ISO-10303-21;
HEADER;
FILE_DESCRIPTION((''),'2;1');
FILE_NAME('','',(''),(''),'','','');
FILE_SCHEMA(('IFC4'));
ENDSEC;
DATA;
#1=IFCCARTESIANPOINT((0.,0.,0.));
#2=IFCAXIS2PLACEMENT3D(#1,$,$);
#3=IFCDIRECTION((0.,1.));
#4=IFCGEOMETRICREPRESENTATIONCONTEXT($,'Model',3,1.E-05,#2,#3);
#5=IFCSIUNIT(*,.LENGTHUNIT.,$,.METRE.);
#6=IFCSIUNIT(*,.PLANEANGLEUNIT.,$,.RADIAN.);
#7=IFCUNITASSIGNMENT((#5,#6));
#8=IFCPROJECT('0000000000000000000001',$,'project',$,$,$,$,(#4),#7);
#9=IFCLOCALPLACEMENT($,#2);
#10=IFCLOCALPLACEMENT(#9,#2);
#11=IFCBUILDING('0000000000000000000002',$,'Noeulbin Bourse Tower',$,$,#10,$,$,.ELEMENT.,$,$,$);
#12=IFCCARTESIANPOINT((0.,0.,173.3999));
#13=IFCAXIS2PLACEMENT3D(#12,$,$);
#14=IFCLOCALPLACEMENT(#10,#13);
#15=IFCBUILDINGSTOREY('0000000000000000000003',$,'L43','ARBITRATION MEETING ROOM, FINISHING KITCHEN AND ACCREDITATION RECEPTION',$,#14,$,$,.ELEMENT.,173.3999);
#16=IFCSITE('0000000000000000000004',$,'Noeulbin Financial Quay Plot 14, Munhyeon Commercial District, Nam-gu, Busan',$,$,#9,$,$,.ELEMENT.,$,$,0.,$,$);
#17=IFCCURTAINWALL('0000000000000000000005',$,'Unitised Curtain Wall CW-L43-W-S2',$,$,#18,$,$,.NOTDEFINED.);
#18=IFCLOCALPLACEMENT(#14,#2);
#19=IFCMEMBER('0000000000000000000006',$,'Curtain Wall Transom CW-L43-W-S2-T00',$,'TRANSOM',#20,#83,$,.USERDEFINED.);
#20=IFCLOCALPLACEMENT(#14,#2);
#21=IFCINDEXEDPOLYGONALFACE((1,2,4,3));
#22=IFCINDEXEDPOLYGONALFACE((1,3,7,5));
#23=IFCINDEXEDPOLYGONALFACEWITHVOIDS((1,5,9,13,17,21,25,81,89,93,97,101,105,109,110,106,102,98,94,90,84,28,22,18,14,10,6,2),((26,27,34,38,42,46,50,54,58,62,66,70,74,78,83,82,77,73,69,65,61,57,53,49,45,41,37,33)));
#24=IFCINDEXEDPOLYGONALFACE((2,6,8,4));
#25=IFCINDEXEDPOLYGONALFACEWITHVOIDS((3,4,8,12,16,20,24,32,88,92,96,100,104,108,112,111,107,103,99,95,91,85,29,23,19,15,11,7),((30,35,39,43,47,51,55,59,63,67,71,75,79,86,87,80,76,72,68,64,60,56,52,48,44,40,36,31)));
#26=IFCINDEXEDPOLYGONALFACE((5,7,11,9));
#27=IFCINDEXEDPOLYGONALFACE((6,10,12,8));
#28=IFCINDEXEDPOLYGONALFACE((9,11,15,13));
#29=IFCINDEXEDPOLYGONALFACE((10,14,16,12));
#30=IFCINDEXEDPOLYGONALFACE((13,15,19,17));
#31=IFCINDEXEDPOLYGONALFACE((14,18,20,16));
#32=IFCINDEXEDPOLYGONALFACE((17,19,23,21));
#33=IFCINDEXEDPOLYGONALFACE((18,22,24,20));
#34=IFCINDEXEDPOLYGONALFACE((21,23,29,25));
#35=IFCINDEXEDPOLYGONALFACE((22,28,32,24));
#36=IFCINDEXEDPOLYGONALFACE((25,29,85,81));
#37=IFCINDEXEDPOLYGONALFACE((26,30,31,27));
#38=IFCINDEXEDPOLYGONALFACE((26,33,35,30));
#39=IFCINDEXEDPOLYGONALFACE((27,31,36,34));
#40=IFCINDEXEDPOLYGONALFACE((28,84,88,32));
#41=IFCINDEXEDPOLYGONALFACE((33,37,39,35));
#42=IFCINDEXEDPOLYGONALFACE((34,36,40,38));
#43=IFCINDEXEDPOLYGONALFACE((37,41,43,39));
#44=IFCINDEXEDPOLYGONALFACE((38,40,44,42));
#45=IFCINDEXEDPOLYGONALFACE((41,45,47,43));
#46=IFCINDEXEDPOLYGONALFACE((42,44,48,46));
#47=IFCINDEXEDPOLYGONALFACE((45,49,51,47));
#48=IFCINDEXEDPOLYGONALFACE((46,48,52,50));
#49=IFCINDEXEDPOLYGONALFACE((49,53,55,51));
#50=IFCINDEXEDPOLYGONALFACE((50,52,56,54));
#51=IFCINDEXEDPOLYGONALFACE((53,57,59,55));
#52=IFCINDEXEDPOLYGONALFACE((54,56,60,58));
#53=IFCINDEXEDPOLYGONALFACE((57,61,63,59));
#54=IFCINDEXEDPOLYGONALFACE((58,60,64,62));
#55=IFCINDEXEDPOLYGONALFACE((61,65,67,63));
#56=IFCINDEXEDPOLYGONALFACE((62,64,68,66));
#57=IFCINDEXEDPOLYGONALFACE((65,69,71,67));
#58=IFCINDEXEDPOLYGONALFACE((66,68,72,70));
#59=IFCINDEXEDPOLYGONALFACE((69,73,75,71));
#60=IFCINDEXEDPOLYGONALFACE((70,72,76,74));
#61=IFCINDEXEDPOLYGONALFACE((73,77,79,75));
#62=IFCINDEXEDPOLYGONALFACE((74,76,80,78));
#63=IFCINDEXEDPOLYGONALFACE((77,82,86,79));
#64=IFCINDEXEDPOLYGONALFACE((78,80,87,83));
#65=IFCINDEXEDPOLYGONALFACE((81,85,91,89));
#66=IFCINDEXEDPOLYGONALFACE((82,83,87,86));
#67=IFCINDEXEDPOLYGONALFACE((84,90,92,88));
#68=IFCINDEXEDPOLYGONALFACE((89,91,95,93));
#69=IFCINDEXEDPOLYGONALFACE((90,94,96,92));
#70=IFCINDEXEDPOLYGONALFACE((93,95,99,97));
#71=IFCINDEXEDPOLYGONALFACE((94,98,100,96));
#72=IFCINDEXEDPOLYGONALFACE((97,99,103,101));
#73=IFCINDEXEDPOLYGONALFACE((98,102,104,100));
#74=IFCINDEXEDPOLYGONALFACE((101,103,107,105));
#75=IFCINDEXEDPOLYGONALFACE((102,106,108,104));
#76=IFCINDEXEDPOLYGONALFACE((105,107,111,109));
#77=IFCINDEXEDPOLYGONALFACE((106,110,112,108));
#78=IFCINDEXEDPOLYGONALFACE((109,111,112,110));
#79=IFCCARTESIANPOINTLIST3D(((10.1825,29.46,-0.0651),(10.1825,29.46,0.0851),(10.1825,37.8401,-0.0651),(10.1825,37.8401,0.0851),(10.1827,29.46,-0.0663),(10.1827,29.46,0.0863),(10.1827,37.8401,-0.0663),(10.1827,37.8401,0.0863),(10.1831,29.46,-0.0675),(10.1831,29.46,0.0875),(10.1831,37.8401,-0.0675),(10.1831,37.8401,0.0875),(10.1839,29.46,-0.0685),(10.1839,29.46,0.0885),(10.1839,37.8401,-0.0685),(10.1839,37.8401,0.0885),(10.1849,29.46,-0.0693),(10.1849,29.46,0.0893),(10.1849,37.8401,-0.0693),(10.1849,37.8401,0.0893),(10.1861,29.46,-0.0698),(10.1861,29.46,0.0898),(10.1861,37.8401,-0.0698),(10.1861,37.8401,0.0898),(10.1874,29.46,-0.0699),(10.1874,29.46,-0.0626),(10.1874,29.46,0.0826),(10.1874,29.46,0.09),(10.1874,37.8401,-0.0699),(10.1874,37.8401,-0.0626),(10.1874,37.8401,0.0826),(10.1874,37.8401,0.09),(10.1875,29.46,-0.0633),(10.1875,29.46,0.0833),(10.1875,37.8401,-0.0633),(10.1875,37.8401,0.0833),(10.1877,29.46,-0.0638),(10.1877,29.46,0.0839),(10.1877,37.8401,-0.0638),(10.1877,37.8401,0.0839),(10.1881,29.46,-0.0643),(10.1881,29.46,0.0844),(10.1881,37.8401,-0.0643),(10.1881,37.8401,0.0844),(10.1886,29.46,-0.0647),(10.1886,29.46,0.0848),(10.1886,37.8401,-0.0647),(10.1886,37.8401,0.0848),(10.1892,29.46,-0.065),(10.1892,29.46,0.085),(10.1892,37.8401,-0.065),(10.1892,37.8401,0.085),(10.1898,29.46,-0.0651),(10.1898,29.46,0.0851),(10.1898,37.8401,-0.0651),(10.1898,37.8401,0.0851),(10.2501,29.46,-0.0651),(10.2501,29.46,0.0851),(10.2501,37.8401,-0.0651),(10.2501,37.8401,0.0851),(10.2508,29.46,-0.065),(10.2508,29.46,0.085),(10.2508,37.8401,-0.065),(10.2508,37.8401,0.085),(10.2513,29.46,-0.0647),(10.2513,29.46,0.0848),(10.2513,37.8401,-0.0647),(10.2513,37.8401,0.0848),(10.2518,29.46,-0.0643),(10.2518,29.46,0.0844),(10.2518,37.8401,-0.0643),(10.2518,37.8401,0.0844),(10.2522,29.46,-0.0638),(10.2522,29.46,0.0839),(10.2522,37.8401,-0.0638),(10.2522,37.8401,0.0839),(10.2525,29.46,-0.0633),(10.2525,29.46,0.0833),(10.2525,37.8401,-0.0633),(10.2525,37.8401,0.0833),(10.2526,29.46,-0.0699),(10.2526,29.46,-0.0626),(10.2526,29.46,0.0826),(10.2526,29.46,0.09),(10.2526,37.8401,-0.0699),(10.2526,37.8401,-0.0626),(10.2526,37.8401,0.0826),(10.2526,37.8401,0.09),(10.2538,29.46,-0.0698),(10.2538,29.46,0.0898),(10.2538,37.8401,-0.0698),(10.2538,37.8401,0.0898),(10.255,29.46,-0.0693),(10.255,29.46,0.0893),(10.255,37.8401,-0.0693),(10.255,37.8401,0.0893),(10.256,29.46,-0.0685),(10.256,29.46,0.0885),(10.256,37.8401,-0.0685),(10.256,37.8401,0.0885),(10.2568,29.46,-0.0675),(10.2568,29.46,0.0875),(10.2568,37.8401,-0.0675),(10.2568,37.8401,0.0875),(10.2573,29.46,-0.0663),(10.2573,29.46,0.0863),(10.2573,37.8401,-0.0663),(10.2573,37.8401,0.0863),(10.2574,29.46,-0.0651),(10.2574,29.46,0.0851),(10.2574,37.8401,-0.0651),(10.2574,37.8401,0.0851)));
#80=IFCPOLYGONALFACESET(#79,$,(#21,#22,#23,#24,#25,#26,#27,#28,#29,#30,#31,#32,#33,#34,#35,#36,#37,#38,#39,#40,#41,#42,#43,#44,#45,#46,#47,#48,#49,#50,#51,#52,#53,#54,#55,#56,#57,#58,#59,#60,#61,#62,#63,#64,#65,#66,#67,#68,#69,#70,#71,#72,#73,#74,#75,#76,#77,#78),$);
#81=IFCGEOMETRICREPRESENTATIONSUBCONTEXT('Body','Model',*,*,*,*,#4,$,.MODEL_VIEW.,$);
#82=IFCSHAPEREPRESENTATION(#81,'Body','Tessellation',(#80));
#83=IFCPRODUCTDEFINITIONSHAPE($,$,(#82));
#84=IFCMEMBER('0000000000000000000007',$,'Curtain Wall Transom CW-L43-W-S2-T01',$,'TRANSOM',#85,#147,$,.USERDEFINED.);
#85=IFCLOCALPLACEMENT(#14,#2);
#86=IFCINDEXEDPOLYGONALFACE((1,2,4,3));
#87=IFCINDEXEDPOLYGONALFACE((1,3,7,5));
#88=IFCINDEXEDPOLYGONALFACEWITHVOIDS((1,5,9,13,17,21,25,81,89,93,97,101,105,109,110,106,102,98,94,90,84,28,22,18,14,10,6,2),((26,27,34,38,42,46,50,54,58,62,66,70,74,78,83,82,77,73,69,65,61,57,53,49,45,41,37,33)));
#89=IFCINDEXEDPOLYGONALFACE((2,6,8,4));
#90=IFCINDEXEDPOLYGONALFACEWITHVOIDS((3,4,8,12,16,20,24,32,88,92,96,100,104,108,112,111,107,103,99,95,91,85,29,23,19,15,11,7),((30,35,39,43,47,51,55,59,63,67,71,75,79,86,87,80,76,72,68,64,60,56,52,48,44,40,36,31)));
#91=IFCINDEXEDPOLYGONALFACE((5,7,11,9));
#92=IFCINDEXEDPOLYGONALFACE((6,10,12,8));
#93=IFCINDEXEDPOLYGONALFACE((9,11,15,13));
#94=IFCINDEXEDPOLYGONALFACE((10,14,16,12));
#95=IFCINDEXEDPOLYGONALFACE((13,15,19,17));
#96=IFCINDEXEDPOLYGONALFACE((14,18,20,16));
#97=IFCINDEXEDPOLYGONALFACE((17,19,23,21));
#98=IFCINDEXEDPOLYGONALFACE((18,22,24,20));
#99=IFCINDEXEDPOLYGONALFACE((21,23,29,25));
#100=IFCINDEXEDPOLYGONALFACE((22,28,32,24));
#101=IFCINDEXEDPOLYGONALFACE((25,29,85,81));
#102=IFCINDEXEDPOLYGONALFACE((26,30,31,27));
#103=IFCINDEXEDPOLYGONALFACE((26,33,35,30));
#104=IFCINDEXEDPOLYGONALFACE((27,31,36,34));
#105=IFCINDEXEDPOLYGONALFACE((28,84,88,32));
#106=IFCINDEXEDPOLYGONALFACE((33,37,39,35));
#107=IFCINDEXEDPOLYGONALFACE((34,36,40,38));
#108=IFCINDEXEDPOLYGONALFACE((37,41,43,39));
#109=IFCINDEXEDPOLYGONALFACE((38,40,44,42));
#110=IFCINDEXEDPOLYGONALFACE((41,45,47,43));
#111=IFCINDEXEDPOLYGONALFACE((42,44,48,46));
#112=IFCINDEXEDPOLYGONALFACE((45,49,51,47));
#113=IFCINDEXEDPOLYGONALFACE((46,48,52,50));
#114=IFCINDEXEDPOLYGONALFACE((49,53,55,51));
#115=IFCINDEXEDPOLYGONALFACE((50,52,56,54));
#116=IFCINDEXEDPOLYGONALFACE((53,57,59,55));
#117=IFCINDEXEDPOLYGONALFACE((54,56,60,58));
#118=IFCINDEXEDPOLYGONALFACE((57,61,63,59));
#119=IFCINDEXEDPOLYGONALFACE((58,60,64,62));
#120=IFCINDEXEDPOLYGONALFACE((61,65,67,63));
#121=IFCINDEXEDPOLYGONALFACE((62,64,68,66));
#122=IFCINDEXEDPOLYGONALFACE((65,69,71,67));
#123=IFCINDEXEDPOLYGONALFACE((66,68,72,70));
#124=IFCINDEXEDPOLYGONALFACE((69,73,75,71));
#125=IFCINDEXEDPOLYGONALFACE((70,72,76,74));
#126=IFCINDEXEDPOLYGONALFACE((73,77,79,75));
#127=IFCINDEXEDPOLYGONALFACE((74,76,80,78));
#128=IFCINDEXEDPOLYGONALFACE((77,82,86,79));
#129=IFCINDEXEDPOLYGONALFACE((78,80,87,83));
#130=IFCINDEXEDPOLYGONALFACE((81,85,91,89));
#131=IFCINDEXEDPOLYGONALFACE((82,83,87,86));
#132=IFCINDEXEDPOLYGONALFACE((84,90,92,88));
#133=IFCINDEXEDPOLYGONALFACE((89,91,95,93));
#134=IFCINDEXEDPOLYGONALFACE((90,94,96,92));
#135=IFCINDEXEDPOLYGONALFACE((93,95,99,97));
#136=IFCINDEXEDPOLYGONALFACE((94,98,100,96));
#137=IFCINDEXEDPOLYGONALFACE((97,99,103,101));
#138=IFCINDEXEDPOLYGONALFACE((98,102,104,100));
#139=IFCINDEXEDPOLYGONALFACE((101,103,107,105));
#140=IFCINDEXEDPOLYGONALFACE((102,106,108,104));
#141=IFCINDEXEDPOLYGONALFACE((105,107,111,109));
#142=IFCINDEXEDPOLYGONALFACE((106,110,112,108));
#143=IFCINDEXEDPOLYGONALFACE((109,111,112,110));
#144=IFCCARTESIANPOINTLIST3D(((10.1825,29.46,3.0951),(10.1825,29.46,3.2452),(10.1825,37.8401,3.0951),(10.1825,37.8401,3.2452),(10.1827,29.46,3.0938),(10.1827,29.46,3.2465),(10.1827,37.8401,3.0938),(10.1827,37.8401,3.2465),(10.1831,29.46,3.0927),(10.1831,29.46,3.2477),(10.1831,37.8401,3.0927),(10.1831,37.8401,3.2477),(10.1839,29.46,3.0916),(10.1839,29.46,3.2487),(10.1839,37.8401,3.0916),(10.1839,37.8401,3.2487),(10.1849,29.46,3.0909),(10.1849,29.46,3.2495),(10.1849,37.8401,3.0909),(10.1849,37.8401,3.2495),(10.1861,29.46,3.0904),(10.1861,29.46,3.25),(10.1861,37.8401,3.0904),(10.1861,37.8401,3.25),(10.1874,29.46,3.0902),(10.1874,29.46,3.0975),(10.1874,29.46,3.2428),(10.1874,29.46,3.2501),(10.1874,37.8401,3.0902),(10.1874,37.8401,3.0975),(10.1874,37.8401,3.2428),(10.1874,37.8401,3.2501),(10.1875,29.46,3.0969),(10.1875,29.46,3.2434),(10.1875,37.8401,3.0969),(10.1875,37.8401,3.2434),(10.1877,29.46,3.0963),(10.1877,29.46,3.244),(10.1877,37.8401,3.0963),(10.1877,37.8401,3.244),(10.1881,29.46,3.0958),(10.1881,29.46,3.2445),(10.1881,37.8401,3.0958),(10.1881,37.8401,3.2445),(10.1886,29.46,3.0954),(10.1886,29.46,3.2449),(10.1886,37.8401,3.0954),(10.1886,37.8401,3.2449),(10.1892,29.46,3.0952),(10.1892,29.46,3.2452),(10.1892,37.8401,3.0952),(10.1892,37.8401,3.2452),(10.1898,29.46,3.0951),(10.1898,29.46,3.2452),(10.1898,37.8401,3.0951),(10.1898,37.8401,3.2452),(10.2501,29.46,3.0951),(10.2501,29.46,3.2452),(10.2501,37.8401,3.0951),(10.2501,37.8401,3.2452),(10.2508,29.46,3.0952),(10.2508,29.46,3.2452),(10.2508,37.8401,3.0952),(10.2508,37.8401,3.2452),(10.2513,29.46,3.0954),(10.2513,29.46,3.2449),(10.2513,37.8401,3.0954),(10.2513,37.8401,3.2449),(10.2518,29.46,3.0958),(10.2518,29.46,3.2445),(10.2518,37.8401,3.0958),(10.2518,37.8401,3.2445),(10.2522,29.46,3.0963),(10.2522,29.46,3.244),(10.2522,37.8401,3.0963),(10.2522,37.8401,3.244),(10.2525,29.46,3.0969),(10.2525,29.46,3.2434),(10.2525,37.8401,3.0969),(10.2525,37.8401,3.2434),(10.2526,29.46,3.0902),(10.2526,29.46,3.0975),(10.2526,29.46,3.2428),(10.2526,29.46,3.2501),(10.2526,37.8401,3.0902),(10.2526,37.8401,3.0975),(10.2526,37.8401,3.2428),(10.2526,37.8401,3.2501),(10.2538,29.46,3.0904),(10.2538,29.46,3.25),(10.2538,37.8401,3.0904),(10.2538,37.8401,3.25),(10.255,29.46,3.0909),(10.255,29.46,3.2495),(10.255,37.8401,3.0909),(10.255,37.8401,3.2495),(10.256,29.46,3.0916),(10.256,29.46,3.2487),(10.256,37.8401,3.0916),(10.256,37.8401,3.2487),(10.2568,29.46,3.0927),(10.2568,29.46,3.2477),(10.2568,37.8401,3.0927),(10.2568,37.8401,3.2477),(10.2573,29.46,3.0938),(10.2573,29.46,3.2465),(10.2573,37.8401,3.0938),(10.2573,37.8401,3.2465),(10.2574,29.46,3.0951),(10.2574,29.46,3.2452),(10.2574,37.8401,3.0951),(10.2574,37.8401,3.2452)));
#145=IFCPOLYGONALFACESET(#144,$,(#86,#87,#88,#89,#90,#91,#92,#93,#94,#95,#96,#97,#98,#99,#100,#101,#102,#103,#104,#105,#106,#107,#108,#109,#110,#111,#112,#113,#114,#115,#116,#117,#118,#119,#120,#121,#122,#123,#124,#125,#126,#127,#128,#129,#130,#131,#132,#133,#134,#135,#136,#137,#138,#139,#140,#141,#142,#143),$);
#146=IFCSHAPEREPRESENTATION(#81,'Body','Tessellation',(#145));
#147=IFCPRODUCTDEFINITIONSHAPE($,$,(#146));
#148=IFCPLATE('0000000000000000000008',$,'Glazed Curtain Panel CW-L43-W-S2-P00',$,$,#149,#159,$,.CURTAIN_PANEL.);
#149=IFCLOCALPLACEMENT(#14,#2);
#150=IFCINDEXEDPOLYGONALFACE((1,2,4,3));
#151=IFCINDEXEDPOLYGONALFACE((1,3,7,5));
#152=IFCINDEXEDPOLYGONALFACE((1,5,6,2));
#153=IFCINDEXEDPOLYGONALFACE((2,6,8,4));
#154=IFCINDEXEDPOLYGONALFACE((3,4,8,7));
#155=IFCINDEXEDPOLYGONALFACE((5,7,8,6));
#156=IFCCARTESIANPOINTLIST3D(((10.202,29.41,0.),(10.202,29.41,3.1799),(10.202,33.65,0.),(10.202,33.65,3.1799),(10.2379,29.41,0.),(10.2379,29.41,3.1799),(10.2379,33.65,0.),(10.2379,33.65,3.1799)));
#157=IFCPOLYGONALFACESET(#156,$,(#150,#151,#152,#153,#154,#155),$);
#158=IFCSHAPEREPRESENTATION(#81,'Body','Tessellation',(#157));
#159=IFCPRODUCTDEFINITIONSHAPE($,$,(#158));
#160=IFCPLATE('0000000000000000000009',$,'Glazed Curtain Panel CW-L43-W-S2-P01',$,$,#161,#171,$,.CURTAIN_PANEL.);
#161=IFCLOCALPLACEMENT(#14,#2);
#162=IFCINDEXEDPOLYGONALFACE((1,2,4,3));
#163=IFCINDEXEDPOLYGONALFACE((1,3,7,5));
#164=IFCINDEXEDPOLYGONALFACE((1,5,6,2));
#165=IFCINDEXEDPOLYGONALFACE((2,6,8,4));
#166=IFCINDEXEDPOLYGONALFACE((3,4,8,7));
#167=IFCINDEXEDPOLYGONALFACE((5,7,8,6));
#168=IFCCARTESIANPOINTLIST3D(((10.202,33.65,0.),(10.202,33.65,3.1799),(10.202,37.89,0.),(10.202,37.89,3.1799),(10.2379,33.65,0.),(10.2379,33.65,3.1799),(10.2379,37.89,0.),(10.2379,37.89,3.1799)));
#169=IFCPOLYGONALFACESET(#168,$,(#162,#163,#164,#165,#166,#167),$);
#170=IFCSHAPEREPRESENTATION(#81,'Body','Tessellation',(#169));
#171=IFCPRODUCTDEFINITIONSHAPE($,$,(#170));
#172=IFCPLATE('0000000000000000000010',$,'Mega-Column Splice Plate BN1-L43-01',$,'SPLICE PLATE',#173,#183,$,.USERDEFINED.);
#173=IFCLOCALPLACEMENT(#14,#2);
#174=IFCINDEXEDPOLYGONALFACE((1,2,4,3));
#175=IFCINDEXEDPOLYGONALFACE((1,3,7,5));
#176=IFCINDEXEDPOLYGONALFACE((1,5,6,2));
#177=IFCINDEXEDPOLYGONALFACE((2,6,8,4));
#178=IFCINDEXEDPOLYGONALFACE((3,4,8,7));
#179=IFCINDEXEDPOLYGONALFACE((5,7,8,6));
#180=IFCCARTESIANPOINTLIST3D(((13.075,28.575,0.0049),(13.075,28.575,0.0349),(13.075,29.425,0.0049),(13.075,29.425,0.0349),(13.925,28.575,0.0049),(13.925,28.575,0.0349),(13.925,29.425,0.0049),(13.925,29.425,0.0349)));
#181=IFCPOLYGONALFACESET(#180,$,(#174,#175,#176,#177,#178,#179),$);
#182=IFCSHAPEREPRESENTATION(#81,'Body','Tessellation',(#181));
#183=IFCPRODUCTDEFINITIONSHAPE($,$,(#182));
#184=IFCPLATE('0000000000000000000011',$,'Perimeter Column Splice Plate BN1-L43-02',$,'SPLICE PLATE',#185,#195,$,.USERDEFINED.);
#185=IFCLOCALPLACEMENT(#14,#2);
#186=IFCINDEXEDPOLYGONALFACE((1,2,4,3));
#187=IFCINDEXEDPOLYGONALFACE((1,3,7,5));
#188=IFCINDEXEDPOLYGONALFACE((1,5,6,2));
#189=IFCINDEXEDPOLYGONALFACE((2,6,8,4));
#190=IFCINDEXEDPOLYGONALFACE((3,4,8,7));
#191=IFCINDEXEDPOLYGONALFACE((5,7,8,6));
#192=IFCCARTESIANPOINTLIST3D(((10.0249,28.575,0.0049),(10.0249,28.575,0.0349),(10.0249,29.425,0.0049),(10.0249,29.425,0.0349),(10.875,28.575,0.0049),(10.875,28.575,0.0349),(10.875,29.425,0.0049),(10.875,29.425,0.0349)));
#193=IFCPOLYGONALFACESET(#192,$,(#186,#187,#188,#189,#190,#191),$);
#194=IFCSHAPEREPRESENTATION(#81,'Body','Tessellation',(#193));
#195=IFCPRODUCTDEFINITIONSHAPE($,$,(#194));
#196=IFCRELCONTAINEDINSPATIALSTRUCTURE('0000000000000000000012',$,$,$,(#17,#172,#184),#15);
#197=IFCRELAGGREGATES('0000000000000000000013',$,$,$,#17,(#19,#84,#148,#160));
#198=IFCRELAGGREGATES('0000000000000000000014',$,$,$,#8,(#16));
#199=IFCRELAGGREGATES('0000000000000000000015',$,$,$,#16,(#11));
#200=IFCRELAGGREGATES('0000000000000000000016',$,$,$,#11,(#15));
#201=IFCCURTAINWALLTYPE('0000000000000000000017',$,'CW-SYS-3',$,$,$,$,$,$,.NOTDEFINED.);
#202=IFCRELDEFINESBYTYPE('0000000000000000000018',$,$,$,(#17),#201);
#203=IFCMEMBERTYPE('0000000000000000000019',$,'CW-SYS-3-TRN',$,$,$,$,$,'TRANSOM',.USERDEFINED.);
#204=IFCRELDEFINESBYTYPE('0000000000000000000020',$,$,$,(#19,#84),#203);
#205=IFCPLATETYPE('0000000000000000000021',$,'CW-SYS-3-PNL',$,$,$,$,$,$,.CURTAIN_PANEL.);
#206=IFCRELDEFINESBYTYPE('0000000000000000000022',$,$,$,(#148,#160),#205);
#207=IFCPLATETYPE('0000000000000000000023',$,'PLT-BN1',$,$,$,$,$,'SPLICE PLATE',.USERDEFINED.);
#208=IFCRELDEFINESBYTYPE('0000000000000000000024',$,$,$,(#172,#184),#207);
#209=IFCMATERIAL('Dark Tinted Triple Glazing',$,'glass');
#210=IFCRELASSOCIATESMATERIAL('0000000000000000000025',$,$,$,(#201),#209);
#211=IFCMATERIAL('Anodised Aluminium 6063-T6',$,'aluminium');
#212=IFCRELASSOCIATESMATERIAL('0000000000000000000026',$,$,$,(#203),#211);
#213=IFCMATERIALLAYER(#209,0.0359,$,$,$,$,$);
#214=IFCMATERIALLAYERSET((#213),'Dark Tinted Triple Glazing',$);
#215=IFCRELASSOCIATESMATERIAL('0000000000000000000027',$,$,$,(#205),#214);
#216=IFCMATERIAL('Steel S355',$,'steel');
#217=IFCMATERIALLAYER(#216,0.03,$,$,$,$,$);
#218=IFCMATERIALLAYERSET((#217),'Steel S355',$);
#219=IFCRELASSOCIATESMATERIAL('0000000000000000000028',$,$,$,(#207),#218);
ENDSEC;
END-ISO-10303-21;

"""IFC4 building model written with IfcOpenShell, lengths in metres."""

from ifc_helpers import new_model, si_unit, direction, frame, origin, origin_2d, place, context, subcontext, project, spatial, rectangle, hollow_rectangle, extrude, material, layer, layer_set, material_profile, profile_set, type_object, element, aggregate, save


model = new_model("IFC4")

# Units and contexts
model_context = context("Model", 3, precision=1e-05, world=origin(), true_north=direction((0.0, 1.0)))
body_context = subcontext(model_context, "Body", "Model", "MODEL_VIEW")
ifc_project = project(units=[si_unit("LENGTHUNIT", "METRE"), si_unit("PLANEANGLEUNIT", "RADIAN")], contexts=[model_context])

# Site, building, storey
site_placement = place(None, origin())
site = spatial("IfcSite", under=ifc_project, at=site_placement, Name="Noeulbin Financial Quay Plot 14, Munhyeon Commercial District, Nam-gu, Busan", CompositionType="ELEMENT", RefElevation=0.0)
building_placement = place(site_placement, origin())
building = spatial("IfcBuilding", under=site, at=building_placement, Name="Noeulbin Bourse Tower", CompositionType="ELEMENT")
storey_placement = place(building_placement, frame((0.0, 0.0, 173.3999)))
storey = spatial("IfcBuildingStorey", under=building, at=storey_placement, Name="L43", Description="ARBITRATION MEETING ROOM, FINISHING KITCHEN AND ACCREDITATION RECEPTION", CompositionType="ELEMENT", Elevation=173.3999)

# Shared definitions
ifc_material_1 = material(Name="Steel S355", Category="steel")

# Curtain wall, members, plates
ifc_material_2 = material(Name="Dark Tinted Triple Glazing", Category="glass")
curtain_wall_type = type_object("IfcCurtainWallType", Name="CW-SYS-3", PredefinedType="NOTDEFINED", material=ifc_material_2)
curtain_wall_placement = place(storey_placement, origin())
curtain_wall = element("IfcCurtainWall", 1, at=curtain_wall_placement, inside=storey, type_object=curtain_wall_type, Name="Unitised Curtain Wall CW-L43-W-S2", PredefinedType="NOTDEFINED")
ifc_material_3 = material(Name="Anodised Aluminium 6063-T6", Category="aluminium")
ifc_material_profile_1 = material_profile(ifc_material_3, hollow_rectangle(XDim=0.075, YDim=0.1599, WallThickness=0.0049, InnerFilletRadius=0.0024, OuterFilletRadius=0.0049, at=origin_2d()), Name="ALU-TRAN-75x160x5", Category="LoadBearing")
ifc_profile_set_1 = profile_set([ifc_material_profile_1], Name="Anodised Aluminium 6063-T6")
member_type_1 = type_object("IfcMemberType", Name="CW-SYS-3-TRN", ElementType="TRANSOM", PredefinedType="USERDEFINED", material=ifc_profile_set_1)
member_1_placement = place(storey_placement, frame((10.22, 29.46, 0.01), z_axis=(0.0, 1.0, 0.0), x_axis=(-1.0, 0.0, 0.0)))
member_1 = element("IfcMember", 2, at=member_1_placement, type_object=member_type_1, Name="Curtain Wall Transom CW-L43-W-S2-T00", ObjectType="TRANSOM", PredefinedType="USERDEFINED", context=body_context, shape_type="SweptSolid", body=[
    extrude(hollow_rectangle(XDim=0.075, YDim=0.1599, WallThickness=0.0049, InnerFilletRadius=0.0024, OuterFilletRadius=0.0049, at=origin_2d()), origin(), (0.0, 0.0, 1.0), 8.3801),
])
member_2_placement = place(storey_placement, frame((10.22, 29.46, 3.1702), z_axis=(0.0, 1.0, 0.0), x_axis=(-1.0, 0.0, 0.0)))
member_2 = element("IfcMember", 3, at=member_2_placement, type_object=member_type_1, Name="Curtain Wall Transom CW-L43-W-S2-T01", ObjectType="TRANSOM", PredefinedType="USERDEFINED", context=body_context, shape_type="SweptSolid", body=[
    extrude(hollow_rectangle(XDim=0.075, YDim=0.1599, WallThickness=0.0049, InnerFilletRadius=0.0024, OuterFilletRadius=0.0049, at=origin_2d()), origin(), (0.0, 0.0, 1.0), 8.3801),
])
ifc_layer_1 = layer(ifc_material_2, 0.0359)
ifc_layer_set_1 = layer_set([ifc_layer_1], Name="Dark Tinted Triple Glazing")
plate_type_1 = type_object("IfcPlateType", Name="CW-SYS-3-PNL", PredefinedType="CURTAIN_PANEL", material=ifc_layer_set_1)
plate_1_placement = place(storey_placement, frame((10.22, 31.53, 0.0), z_axis=(0.0, 0.0, 1.0), x_axis=(0.0, 1.0, 0.0)))
plate_1 = element("IfcPlate", 4, at=plate_1_placement, type_object=plate_type_1, Name="Glazed Curtain Panel CW-L43-W-S2-P00", PredefinedType="CURTAIN_PANEL", context=body_context, shape_type="SweptSolid", body=[
    extrude(rectangle(XDim=4.24, YDim=0.0359, at=origin_2d()), origin(), (0.0, 0.0, 1.0), 3.1799),
])
plate_2_placement = place(storey_placement, frame((10.22, 35.77, 0.0), z_axis=(0.0, 0.0, 1.0), x_axis=(0.0, 1.0, 0.0)))
plate_2 = element("IfcPlate", 5, at=plate_2_placement, type_object=plate_type_1, Name="Glazed Curtain Panel CW-L43-W-S2-P01", PredefinedType="CURTAIN_PANEL", context=body_context, shape_type="SweptSolid", body=[
    extrude(rectangle(XDim=4.24, YDim=0.0359, at=origin_2d()), origin(), (0.0, 0.0, 1.0), 3.1799),
])
aggregate(curtain_wall, [member_1, member_2, plate_1, plate_2])

# Plates
ifc_layer_2 = layer(ifc_material_1, 0.03)
ifc_layer_set_2 = layer_set([ifc_layer_2], Name="Steel S355")
plate_type_2 = type_object("IfcPlateType", Name="PLT-BN1", ElementType="SPLICE PLATE", PredefinedType="USERDEFINED", material=ifc_layer_set_2)
for number, where, z_axis, x_axis, name in (
    (6, (13.5, 29.0, 0.0049), (0.0, 0.0, 1.0), (1.0, 0.0, 0.0), "Mega-Column Splice Plate BN1-L43-01"),
    (7, (10.45, 29.0, 0.0049), (0.0, 0.0, 1.0), (1.0, 0.0, 0.0), "Perimeter Column Splice Plate BN1-L43-02"),
):
    element("IfcPlate", number, at=place(storey_placement, frame(where, z_axis=z_axis, x_axis=x_axis)), inside=storey, type_object=plate_type_2, Name=name, ObjectType="SPLICE PLATE", PredefinedType="USERDEFINED", context=body_context, shape_type="SweptSolid", body=[
        extrude(rectangle(XDim=0.8501, YDim=0.8501, at=origin_2d()), origin(), (0.0, 0.0, 1.0), 0.03),
    ])

save(model, "model.ifc")
